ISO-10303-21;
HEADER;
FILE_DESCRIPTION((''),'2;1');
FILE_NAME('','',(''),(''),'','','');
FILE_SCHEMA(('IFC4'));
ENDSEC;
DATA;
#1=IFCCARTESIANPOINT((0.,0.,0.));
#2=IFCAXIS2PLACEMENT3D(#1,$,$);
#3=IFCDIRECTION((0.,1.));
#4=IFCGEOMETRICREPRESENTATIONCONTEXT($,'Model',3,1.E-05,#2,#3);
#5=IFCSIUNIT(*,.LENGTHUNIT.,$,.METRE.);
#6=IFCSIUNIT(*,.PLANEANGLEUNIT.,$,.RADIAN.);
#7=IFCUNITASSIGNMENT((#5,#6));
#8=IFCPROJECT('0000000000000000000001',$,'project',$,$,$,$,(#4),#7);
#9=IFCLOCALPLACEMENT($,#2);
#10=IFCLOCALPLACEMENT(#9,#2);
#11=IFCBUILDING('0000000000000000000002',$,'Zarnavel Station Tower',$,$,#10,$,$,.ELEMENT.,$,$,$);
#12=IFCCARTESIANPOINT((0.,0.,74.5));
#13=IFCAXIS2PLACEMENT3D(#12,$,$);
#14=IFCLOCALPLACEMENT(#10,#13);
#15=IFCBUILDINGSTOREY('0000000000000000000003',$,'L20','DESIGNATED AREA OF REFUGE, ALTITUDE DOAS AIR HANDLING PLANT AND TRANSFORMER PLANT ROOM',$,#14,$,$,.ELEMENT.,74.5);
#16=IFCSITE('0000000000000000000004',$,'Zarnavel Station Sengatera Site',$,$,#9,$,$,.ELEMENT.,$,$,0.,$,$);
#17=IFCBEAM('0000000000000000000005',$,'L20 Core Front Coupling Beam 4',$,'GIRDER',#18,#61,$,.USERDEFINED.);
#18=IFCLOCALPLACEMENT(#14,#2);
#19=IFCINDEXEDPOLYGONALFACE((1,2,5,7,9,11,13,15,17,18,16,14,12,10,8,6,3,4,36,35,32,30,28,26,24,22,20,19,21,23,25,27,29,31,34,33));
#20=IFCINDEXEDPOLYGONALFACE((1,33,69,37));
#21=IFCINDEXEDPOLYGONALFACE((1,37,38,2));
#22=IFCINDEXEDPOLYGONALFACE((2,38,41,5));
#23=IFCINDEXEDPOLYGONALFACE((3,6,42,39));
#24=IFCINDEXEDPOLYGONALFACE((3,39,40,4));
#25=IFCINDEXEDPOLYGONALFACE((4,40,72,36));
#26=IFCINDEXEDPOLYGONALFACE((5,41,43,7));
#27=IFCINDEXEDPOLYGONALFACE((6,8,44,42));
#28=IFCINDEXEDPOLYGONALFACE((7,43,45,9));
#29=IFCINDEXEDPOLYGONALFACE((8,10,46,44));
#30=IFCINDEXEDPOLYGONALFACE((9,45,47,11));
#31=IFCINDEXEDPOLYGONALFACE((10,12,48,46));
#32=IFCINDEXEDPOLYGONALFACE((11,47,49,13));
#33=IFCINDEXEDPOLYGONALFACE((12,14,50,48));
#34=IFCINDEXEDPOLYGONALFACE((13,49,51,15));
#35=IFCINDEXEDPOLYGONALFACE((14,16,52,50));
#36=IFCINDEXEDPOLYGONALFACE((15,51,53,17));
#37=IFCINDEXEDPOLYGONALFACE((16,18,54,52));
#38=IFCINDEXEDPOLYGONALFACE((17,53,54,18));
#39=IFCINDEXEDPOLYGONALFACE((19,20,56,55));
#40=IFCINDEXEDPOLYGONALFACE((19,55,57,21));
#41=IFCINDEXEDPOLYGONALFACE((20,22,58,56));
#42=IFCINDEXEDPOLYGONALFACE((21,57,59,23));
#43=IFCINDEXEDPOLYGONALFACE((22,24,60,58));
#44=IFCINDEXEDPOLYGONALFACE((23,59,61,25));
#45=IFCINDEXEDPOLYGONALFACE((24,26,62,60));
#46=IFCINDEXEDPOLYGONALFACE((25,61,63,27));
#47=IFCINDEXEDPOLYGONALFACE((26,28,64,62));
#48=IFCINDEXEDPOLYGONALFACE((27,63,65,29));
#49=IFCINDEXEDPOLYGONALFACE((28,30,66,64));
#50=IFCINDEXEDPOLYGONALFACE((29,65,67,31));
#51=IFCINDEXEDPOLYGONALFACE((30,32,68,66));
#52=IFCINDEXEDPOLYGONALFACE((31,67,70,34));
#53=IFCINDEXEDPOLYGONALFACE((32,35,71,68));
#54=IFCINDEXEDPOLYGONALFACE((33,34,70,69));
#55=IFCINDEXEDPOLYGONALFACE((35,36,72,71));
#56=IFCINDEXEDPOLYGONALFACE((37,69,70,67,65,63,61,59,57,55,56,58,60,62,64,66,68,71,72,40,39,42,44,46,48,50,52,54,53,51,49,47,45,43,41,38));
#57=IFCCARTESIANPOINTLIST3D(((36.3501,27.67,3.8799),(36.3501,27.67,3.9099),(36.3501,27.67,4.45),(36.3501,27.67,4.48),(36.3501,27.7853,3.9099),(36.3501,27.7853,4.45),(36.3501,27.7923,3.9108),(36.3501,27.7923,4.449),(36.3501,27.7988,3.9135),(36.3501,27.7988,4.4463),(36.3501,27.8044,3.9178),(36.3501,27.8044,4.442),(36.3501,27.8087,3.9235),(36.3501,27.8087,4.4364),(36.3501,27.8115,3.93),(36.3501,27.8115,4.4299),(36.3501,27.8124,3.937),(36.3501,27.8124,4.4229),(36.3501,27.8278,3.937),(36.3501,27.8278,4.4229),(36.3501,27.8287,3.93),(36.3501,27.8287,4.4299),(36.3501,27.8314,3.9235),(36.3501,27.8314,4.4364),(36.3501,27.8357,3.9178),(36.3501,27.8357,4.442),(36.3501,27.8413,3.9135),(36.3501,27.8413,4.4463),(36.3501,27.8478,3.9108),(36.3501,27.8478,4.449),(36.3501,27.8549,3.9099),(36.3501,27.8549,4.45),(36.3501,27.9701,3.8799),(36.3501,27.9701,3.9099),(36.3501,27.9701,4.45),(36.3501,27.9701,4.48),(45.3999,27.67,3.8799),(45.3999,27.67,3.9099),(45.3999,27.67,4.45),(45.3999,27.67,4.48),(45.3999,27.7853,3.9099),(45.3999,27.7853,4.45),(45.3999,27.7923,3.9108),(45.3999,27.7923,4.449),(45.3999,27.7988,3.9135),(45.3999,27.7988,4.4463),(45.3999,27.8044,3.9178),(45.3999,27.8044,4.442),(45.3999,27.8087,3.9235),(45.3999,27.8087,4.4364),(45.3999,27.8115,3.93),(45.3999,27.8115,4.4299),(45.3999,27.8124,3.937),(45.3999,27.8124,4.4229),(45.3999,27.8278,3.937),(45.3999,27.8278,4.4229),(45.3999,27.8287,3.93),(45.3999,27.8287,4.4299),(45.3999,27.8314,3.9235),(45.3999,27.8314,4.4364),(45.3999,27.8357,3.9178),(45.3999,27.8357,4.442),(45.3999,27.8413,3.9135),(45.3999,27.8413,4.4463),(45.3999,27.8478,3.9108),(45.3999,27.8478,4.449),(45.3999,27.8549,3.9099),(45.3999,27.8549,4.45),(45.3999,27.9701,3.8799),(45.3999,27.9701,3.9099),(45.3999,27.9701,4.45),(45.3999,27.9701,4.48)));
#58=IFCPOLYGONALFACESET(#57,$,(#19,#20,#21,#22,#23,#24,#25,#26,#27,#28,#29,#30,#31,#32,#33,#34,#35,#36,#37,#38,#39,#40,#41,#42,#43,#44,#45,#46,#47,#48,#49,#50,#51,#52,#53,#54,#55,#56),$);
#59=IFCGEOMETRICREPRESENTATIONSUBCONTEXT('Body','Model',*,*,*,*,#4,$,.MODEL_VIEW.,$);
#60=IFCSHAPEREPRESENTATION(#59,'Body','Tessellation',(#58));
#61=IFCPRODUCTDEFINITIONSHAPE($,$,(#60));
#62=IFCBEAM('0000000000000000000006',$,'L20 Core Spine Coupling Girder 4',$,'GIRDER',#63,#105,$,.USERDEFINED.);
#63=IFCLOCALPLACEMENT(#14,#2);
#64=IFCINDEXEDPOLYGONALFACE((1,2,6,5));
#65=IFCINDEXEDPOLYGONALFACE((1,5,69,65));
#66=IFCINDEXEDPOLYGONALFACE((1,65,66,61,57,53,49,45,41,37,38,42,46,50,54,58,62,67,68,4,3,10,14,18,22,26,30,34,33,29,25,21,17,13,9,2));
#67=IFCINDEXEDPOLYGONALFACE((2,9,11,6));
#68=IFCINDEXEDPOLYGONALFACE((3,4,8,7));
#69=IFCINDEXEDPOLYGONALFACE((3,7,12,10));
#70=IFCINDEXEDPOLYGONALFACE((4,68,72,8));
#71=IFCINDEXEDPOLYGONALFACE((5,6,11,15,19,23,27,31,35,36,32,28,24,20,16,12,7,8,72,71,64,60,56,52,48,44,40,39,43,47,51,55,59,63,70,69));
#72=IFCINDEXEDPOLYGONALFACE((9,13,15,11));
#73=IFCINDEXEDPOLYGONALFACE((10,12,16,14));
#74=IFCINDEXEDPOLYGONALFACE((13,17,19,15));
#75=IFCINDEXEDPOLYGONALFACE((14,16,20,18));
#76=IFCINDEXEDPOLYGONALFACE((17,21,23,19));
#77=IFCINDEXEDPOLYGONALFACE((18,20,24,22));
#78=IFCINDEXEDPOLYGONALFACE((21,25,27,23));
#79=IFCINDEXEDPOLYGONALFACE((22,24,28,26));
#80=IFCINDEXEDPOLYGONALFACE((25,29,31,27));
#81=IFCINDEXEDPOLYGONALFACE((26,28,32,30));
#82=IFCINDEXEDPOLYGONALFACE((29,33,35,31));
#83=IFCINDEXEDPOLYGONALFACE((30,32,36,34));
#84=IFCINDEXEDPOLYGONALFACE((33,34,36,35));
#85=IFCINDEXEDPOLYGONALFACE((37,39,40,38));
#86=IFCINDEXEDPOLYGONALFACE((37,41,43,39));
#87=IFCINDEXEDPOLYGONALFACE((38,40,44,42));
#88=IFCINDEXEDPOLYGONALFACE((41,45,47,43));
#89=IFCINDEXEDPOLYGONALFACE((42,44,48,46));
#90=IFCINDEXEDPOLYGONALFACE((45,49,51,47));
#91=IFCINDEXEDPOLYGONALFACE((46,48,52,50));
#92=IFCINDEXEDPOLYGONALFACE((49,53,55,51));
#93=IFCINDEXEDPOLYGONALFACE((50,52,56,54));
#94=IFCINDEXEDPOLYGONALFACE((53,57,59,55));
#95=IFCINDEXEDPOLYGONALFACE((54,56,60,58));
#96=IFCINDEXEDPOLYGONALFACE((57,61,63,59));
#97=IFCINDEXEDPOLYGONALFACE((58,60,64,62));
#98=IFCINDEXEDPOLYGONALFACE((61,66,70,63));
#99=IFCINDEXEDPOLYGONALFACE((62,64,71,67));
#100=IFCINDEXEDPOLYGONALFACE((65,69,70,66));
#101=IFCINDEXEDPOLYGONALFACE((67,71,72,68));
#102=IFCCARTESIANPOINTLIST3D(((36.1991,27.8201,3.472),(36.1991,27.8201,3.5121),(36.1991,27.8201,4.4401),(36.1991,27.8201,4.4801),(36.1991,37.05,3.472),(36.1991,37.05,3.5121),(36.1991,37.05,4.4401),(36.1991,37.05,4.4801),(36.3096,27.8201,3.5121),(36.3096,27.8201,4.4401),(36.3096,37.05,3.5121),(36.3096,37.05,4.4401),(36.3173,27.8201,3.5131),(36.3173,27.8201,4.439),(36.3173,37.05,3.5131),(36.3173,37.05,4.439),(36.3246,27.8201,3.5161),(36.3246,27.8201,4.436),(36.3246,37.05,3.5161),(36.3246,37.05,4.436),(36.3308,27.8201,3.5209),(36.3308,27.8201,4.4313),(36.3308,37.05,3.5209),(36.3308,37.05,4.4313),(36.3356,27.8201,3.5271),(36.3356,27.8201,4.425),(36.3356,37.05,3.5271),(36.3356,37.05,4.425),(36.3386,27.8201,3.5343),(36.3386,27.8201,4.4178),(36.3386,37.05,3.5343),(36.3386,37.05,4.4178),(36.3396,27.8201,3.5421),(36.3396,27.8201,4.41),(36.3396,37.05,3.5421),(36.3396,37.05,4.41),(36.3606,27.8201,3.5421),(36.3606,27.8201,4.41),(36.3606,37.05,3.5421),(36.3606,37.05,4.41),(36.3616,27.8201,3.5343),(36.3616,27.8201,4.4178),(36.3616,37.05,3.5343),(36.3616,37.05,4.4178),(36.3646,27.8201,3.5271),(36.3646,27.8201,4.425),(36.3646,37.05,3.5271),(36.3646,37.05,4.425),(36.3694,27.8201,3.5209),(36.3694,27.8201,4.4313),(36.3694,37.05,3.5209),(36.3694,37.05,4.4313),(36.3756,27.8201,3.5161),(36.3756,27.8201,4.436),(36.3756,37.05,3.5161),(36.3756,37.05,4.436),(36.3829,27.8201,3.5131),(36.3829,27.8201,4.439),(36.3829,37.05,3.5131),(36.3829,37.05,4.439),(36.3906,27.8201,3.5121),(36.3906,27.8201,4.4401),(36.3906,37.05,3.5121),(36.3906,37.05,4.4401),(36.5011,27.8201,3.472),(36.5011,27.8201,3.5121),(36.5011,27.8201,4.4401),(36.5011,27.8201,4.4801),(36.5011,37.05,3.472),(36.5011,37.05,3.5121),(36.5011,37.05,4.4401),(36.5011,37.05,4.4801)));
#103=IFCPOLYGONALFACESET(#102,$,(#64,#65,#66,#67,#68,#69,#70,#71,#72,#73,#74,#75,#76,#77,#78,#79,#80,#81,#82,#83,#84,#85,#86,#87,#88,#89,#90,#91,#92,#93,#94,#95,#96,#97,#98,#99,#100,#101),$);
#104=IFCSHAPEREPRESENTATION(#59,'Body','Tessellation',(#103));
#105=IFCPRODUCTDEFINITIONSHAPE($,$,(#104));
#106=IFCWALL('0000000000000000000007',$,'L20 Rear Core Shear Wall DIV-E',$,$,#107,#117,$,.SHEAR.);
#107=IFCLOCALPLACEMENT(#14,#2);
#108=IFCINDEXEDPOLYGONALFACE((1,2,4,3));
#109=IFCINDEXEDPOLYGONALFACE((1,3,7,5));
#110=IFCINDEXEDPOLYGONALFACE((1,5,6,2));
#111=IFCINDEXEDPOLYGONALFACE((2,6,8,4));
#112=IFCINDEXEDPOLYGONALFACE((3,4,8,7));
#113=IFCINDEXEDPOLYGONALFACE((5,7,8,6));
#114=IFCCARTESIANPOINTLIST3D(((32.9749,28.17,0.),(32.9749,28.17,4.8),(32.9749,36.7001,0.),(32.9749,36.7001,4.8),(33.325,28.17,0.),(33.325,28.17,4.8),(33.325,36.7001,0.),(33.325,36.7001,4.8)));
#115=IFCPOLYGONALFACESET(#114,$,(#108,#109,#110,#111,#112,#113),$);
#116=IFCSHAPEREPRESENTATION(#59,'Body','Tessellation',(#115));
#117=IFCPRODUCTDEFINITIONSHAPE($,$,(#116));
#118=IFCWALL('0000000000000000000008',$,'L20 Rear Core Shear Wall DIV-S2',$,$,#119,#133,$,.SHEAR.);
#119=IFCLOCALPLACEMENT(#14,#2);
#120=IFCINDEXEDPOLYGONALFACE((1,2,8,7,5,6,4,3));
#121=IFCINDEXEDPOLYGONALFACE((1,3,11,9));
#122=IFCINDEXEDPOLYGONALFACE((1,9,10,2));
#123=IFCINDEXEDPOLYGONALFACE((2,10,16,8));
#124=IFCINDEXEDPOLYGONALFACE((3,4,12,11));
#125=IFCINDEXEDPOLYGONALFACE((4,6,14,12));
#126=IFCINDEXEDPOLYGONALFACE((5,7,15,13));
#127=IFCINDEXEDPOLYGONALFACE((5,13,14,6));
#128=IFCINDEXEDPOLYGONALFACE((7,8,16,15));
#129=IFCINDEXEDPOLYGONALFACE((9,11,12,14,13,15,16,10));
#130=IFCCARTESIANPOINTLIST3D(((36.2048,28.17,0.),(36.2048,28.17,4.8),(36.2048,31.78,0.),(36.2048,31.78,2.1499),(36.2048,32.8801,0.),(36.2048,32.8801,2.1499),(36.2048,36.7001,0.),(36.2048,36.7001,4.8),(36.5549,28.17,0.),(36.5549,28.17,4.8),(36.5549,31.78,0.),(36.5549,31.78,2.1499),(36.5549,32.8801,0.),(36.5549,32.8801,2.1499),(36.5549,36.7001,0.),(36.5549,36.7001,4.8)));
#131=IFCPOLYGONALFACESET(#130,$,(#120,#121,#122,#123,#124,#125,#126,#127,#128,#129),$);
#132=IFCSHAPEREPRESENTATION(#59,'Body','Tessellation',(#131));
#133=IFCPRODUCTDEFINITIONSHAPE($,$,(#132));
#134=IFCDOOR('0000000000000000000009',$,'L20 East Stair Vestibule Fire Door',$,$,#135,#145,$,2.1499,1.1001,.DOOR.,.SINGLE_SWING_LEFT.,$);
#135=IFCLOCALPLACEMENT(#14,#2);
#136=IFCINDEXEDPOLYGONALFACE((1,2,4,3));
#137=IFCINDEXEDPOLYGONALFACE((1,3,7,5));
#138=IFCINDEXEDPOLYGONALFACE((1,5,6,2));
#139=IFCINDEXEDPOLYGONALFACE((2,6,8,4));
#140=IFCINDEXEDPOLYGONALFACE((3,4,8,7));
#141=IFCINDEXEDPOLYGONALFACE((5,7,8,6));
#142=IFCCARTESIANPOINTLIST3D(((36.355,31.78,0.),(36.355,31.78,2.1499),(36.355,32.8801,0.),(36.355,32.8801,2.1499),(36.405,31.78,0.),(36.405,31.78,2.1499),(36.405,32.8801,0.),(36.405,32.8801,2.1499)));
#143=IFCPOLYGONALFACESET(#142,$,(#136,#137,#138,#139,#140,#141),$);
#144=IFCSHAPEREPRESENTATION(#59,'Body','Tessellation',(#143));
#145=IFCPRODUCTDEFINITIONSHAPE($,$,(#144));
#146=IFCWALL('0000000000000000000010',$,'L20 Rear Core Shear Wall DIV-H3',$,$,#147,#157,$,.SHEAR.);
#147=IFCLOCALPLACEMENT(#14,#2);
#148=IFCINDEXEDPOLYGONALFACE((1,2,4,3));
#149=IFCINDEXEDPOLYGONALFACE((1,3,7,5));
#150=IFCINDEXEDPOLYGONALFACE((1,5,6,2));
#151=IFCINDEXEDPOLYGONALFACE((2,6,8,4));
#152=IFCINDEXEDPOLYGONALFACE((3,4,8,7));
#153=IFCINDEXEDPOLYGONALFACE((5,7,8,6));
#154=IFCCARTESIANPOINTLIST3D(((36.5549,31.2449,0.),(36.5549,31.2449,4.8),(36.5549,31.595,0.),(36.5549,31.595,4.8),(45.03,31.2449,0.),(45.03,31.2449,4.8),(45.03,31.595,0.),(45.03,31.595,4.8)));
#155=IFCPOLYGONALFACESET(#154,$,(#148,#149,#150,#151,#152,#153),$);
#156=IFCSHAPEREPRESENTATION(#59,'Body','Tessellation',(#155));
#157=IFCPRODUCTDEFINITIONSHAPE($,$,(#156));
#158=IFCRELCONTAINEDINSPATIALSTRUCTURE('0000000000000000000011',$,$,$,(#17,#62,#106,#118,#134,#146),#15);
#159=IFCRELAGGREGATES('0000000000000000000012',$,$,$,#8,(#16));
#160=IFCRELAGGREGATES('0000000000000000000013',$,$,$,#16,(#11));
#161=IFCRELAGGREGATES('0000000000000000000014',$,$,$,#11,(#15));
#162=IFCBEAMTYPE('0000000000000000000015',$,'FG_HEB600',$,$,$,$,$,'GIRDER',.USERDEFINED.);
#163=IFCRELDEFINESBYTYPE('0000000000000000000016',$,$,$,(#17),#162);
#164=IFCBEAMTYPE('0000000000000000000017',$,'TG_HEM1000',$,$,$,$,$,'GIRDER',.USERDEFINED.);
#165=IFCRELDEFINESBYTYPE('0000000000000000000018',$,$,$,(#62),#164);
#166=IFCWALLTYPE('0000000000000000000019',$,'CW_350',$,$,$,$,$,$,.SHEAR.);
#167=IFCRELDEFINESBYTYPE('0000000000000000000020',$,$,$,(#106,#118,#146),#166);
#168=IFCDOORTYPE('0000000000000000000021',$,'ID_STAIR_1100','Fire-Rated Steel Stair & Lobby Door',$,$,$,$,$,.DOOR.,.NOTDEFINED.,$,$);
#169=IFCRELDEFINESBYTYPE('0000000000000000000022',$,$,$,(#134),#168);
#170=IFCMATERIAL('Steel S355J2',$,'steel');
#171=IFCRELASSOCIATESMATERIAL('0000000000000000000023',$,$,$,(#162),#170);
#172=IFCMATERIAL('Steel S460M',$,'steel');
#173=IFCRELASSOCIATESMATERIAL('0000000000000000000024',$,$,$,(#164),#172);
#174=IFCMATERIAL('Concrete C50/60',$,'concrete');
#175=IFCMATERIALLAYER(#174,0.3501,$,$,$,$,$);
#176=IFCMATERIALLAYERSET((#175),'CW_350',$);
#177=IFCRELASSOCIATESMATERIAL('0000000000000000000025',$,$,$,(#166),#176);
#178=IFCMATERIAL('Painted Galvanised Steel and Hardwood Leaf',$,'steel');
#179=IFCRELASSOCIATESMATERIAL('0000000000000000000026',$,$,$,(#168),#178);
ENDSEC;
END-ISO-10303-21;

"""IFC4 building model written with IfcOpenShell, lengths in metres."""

from ifc_helpers import new_model, si_unit, direction, frame, frame_2d, origin, origin_2d, place, context, subcontext, project, spatial, rectangle, i_section, extrude, material, layer, layer_set, material_profile, profile_set, type_object, element, fill, save


model = new_model("IFC4")

# Units and contexts
model_context = context("Model", 3, precision=1e-05, world=origin(), true_north=direction((0.0, 1.0)))
body_context = subcontext(model_context, "Body", "Model", "MODEL_VIEW")
ifc_project = project(units=[si_unit("LENGTHUNIT", "METRE"), si_unit("PLANEANGLEUNIT", "RADIAN")], contexts=[model_context])

# Site, building, storey
site_placement = place(None, origin())
site = spatial("IfcSite", under=ifc_project, at=site_placement, Name="Zarnavel Station Sengatera Site", CompositionType="ELEMENT", RefElevation=0.0)
building_placement = place(site_placement, origin())
building = spatial("IfcBuilding", under=site, at=building_placement, Name="Zarnavel Station Tower", CompositionType="ELEMENT")
storey_placement = place(building_placement, frame((0.0, 0.0, 74.5)))
storey = spatial("IfcBuildingStorey", under=building, at=storey_placement, Name="L20", Description="DESIGNATED AREA OF REFUGE, ALTITUDE DOAS AIR HANDLING PLANT AND TRANSFORMER PLANT ROOM", CompositionType="ELEMENT", Elevation=74.5)

# Beams
ifc_material_1 = material(Name="Steel S355J2", Category="steel")
ifc_material_profile_1 = material_profile(ifc_material_1, i_section(OverallWidth=0.3, OverallDepth=0.6001, WebThickness=0.0154, FlangeThickness=0.03, FilletRadius=0.0271, at=origin_2d()), Name="HEB600")
ifc_profile_set_1 = profile_set([ifc_material_profile_1], Name="Steel S355J2")
beam_type_1 = type_object("IfcBeamType", Name="FG_HEB600", ElementType="GIRDER", PredefinedType="USERDEFINED", material=ifc_profile_set_1)
beam_1_placement = place(storey_placement, frame((36.3501, 27.8201, 4.1799), z_axis=(1.0, 0.0, 0.0), x_axis=(0.0, 1.0, 0.0)))
element("IfcBeam", 1, at=beam_1_placement, inside=storey, type_object=beam_type_1, Name="L20 Core Front Coupling Beam 4", ObjectType="GIRDER", PredefinedType="USERDEFINED", context=body_context, shape_type="SweptSolid", body=[
    extrude(i_section(OverallWidth=0.3, OverallDepth=0.6001, WebThickness=0.0154, FlangeThickness=0.03, FilletRadius=0.0271, at=origin_2d()), origin(), (0.0, 0.0, 1.0), 9.0498),
])
ifc_material_2 = material(Name="Steel S460M", Category="steel")
ifc_material_profile_2 = material_profile(ifc_material_2, i_section(OverallWidth=0.302, OverallDepth=1.0081, WebThickness=0.021, FlangeThickness=0.04, FilletRadius=0.03, at=origin_2d()), Name="HEM1000")
ifc_profile_set_2 = profile_set([ifc_material_profile_2], Name="Steel S460M")
beam_type_2 = type_object("IfcBeamType", Name="TG_HEM1000", ElementType="GIRDER", PredefinedType="USERDEFINED", material=ifc_profile_set_2)
beam_2_placement = place(storey_placement, frame((36.3501, 27.8201, 3.9761), z_axis=(0.0, 1.0, 0.0), x_axis=(-1.0, 0.0, 0.0)))
element("IfcBeam", 2, at=beam_2_placement, inside=storey, type_object=beam_type_2, Name="L20 Core Spine Coupling Girder 4", ObjectType="GIRDER", PredefinedType="USERDEFINED", context=body_context, shape_type="SweptSolid", body=[
    extrude(i_section(OverallWidth=0.302, OverallDepth=1.0081, WebThickness=0.021, FlangeThickness=0.04, FilletRadius=0.03, at=origin_2d()), origin(), (0.0, 0.0, 1.0), 9.23),
])

# Wall
ifc_material_3 = material(Name="Concrete C50/60", Category="concrete")
ifc_layer_1 = layer(ifc_material_3, 0.3501)
ifc_layer_set_1 = layer_set([ifc_layer_1], Name="CW_350")
wall_type_1 = type_object("IfcWallType", Name="CW_350", PredefinedType="SHEAR", material=ifc_layer_set_1)
wall_1_placement = place(storey_placement, frame((33.1499, 28.1699, 0.0), z_axis=(0.0, 0.0, 1.0), x_axis=(0.0, 1.0, 0.0)))
element("IfcWall", 3, at=wall_1_placement, inside=storey, type_object=wall_type_1, Name="L20 Rear Core Shear Wall DIV-E", PredefinedType="SHEAR", context=body_context, shape_type="SweptSolid", body=[
    extrude(rectangle(XDim=8.53, YDim=0.3501, at=frame_2d((4.2651, 0.0))), origin(), (0.0, 0.0, 1.0), 4.8),
])

# Wall, opening, door
wall_2_placement = place(storey_placement, frame((36.3799, 28.1699, 0.0), z_axis=(0.0, 0.0, 1.0), x_axis=(0.0, 1.0, 0.0)))
wall_2 = element("IfcWall", 4, at=wall_2_placement, inside=storey, type_object=wall_type_1, Name="L20 Rear Core Shear Wall DIV-S2", PredefinedType="SHEAR", context=body_context, shape_type="SweptSolid", body=[
    extrude(rectangle(XDim=8.53, YDim=0.3501, at=frame_2d((4.2651, 0.0))), origin(), (0.0, 0.0, 1.0), 4.8),
])
opening_1_placement = place(wall_2_placement, frame((3.6101, 0.0, 0.0)))
opening_1 = element("IfcOpeningElement", 5, at=opening_1_placement, cuts=wall_2, PredefinedType="OPENING", context=body_context, shape_type="SweptSolid", body=[
    extrude(rectangle(XDim=1.1001, YDim=2.1499, at=frame_2d((0.55, 1.075))), frame((0.0, 0.1851, 0.0), z_axis=(0.0, -1.0, 0.0), x_axis=(1.0, 0.0, 0.0)), (0.0, 0.0, 1.0), 0.3701),
])
ifc_material_4 = material(Name="Painted Galvanised Steel and Hardwood Leaf", Category="steel")
door_type_1 = type_object("IfcDoorType", Name="ID_STAIR_1100", Description="Fire-Rated Steel Stair & Lobby Door", OperationType="NOTDEFINED", PredefinedType="DOOR", material=ifc_material_4)
door_1_placement = place(opening_1_placement, origin())
door_1 = element("IfcDoor", 6, at=door_1_placement, inside=storey, type_object=door_type_1, Name="L20 East Stair Vestibule Fire Door", OperationType="SINGLE_SWING_LEFT", OverallHeight=2.1499, OverallWidth=1.1001, PredefinedType="DOOR", context=body_context, shape_type="SweptSolid", body=[
    extrude(rectangle(XDim=1.1001, YDim=2.1499, at=frame_2d((0.55, 1.075))), frame((0.0, 0.0249, 0.0), z_axis=(0.0, -1.0, 0.0), x_axis=(1.0, 0.0, 0.0)), (0.0, 0.0, 1.0), 0.05),
])
fill(opening_1, door_1)

# Wall
wall_3_placement = place(storey_placement, frame((36.5549, 31.4199, 0.0), z_axis=(0.0, 0.0, 1.0), x_axis=(1.0, 0.0, 0.0)))
element("IfcWall", 7, at=wall_3_placement, inside=storey, type_object=wall_type_1, Name="L20 Rear Core Shear Wall DIV-H3", PredefinedType="SHEAR", context=body_context, shape_type="SweptSolid", body=[
    extrude(rectangle(XDim=8.4751, YDim=0.3501, at=frame_2d((4.2375, 0.0))), origin(), (0.0, 0.0, 1.0), 4.8),
])

save(model, "model.ifc")
